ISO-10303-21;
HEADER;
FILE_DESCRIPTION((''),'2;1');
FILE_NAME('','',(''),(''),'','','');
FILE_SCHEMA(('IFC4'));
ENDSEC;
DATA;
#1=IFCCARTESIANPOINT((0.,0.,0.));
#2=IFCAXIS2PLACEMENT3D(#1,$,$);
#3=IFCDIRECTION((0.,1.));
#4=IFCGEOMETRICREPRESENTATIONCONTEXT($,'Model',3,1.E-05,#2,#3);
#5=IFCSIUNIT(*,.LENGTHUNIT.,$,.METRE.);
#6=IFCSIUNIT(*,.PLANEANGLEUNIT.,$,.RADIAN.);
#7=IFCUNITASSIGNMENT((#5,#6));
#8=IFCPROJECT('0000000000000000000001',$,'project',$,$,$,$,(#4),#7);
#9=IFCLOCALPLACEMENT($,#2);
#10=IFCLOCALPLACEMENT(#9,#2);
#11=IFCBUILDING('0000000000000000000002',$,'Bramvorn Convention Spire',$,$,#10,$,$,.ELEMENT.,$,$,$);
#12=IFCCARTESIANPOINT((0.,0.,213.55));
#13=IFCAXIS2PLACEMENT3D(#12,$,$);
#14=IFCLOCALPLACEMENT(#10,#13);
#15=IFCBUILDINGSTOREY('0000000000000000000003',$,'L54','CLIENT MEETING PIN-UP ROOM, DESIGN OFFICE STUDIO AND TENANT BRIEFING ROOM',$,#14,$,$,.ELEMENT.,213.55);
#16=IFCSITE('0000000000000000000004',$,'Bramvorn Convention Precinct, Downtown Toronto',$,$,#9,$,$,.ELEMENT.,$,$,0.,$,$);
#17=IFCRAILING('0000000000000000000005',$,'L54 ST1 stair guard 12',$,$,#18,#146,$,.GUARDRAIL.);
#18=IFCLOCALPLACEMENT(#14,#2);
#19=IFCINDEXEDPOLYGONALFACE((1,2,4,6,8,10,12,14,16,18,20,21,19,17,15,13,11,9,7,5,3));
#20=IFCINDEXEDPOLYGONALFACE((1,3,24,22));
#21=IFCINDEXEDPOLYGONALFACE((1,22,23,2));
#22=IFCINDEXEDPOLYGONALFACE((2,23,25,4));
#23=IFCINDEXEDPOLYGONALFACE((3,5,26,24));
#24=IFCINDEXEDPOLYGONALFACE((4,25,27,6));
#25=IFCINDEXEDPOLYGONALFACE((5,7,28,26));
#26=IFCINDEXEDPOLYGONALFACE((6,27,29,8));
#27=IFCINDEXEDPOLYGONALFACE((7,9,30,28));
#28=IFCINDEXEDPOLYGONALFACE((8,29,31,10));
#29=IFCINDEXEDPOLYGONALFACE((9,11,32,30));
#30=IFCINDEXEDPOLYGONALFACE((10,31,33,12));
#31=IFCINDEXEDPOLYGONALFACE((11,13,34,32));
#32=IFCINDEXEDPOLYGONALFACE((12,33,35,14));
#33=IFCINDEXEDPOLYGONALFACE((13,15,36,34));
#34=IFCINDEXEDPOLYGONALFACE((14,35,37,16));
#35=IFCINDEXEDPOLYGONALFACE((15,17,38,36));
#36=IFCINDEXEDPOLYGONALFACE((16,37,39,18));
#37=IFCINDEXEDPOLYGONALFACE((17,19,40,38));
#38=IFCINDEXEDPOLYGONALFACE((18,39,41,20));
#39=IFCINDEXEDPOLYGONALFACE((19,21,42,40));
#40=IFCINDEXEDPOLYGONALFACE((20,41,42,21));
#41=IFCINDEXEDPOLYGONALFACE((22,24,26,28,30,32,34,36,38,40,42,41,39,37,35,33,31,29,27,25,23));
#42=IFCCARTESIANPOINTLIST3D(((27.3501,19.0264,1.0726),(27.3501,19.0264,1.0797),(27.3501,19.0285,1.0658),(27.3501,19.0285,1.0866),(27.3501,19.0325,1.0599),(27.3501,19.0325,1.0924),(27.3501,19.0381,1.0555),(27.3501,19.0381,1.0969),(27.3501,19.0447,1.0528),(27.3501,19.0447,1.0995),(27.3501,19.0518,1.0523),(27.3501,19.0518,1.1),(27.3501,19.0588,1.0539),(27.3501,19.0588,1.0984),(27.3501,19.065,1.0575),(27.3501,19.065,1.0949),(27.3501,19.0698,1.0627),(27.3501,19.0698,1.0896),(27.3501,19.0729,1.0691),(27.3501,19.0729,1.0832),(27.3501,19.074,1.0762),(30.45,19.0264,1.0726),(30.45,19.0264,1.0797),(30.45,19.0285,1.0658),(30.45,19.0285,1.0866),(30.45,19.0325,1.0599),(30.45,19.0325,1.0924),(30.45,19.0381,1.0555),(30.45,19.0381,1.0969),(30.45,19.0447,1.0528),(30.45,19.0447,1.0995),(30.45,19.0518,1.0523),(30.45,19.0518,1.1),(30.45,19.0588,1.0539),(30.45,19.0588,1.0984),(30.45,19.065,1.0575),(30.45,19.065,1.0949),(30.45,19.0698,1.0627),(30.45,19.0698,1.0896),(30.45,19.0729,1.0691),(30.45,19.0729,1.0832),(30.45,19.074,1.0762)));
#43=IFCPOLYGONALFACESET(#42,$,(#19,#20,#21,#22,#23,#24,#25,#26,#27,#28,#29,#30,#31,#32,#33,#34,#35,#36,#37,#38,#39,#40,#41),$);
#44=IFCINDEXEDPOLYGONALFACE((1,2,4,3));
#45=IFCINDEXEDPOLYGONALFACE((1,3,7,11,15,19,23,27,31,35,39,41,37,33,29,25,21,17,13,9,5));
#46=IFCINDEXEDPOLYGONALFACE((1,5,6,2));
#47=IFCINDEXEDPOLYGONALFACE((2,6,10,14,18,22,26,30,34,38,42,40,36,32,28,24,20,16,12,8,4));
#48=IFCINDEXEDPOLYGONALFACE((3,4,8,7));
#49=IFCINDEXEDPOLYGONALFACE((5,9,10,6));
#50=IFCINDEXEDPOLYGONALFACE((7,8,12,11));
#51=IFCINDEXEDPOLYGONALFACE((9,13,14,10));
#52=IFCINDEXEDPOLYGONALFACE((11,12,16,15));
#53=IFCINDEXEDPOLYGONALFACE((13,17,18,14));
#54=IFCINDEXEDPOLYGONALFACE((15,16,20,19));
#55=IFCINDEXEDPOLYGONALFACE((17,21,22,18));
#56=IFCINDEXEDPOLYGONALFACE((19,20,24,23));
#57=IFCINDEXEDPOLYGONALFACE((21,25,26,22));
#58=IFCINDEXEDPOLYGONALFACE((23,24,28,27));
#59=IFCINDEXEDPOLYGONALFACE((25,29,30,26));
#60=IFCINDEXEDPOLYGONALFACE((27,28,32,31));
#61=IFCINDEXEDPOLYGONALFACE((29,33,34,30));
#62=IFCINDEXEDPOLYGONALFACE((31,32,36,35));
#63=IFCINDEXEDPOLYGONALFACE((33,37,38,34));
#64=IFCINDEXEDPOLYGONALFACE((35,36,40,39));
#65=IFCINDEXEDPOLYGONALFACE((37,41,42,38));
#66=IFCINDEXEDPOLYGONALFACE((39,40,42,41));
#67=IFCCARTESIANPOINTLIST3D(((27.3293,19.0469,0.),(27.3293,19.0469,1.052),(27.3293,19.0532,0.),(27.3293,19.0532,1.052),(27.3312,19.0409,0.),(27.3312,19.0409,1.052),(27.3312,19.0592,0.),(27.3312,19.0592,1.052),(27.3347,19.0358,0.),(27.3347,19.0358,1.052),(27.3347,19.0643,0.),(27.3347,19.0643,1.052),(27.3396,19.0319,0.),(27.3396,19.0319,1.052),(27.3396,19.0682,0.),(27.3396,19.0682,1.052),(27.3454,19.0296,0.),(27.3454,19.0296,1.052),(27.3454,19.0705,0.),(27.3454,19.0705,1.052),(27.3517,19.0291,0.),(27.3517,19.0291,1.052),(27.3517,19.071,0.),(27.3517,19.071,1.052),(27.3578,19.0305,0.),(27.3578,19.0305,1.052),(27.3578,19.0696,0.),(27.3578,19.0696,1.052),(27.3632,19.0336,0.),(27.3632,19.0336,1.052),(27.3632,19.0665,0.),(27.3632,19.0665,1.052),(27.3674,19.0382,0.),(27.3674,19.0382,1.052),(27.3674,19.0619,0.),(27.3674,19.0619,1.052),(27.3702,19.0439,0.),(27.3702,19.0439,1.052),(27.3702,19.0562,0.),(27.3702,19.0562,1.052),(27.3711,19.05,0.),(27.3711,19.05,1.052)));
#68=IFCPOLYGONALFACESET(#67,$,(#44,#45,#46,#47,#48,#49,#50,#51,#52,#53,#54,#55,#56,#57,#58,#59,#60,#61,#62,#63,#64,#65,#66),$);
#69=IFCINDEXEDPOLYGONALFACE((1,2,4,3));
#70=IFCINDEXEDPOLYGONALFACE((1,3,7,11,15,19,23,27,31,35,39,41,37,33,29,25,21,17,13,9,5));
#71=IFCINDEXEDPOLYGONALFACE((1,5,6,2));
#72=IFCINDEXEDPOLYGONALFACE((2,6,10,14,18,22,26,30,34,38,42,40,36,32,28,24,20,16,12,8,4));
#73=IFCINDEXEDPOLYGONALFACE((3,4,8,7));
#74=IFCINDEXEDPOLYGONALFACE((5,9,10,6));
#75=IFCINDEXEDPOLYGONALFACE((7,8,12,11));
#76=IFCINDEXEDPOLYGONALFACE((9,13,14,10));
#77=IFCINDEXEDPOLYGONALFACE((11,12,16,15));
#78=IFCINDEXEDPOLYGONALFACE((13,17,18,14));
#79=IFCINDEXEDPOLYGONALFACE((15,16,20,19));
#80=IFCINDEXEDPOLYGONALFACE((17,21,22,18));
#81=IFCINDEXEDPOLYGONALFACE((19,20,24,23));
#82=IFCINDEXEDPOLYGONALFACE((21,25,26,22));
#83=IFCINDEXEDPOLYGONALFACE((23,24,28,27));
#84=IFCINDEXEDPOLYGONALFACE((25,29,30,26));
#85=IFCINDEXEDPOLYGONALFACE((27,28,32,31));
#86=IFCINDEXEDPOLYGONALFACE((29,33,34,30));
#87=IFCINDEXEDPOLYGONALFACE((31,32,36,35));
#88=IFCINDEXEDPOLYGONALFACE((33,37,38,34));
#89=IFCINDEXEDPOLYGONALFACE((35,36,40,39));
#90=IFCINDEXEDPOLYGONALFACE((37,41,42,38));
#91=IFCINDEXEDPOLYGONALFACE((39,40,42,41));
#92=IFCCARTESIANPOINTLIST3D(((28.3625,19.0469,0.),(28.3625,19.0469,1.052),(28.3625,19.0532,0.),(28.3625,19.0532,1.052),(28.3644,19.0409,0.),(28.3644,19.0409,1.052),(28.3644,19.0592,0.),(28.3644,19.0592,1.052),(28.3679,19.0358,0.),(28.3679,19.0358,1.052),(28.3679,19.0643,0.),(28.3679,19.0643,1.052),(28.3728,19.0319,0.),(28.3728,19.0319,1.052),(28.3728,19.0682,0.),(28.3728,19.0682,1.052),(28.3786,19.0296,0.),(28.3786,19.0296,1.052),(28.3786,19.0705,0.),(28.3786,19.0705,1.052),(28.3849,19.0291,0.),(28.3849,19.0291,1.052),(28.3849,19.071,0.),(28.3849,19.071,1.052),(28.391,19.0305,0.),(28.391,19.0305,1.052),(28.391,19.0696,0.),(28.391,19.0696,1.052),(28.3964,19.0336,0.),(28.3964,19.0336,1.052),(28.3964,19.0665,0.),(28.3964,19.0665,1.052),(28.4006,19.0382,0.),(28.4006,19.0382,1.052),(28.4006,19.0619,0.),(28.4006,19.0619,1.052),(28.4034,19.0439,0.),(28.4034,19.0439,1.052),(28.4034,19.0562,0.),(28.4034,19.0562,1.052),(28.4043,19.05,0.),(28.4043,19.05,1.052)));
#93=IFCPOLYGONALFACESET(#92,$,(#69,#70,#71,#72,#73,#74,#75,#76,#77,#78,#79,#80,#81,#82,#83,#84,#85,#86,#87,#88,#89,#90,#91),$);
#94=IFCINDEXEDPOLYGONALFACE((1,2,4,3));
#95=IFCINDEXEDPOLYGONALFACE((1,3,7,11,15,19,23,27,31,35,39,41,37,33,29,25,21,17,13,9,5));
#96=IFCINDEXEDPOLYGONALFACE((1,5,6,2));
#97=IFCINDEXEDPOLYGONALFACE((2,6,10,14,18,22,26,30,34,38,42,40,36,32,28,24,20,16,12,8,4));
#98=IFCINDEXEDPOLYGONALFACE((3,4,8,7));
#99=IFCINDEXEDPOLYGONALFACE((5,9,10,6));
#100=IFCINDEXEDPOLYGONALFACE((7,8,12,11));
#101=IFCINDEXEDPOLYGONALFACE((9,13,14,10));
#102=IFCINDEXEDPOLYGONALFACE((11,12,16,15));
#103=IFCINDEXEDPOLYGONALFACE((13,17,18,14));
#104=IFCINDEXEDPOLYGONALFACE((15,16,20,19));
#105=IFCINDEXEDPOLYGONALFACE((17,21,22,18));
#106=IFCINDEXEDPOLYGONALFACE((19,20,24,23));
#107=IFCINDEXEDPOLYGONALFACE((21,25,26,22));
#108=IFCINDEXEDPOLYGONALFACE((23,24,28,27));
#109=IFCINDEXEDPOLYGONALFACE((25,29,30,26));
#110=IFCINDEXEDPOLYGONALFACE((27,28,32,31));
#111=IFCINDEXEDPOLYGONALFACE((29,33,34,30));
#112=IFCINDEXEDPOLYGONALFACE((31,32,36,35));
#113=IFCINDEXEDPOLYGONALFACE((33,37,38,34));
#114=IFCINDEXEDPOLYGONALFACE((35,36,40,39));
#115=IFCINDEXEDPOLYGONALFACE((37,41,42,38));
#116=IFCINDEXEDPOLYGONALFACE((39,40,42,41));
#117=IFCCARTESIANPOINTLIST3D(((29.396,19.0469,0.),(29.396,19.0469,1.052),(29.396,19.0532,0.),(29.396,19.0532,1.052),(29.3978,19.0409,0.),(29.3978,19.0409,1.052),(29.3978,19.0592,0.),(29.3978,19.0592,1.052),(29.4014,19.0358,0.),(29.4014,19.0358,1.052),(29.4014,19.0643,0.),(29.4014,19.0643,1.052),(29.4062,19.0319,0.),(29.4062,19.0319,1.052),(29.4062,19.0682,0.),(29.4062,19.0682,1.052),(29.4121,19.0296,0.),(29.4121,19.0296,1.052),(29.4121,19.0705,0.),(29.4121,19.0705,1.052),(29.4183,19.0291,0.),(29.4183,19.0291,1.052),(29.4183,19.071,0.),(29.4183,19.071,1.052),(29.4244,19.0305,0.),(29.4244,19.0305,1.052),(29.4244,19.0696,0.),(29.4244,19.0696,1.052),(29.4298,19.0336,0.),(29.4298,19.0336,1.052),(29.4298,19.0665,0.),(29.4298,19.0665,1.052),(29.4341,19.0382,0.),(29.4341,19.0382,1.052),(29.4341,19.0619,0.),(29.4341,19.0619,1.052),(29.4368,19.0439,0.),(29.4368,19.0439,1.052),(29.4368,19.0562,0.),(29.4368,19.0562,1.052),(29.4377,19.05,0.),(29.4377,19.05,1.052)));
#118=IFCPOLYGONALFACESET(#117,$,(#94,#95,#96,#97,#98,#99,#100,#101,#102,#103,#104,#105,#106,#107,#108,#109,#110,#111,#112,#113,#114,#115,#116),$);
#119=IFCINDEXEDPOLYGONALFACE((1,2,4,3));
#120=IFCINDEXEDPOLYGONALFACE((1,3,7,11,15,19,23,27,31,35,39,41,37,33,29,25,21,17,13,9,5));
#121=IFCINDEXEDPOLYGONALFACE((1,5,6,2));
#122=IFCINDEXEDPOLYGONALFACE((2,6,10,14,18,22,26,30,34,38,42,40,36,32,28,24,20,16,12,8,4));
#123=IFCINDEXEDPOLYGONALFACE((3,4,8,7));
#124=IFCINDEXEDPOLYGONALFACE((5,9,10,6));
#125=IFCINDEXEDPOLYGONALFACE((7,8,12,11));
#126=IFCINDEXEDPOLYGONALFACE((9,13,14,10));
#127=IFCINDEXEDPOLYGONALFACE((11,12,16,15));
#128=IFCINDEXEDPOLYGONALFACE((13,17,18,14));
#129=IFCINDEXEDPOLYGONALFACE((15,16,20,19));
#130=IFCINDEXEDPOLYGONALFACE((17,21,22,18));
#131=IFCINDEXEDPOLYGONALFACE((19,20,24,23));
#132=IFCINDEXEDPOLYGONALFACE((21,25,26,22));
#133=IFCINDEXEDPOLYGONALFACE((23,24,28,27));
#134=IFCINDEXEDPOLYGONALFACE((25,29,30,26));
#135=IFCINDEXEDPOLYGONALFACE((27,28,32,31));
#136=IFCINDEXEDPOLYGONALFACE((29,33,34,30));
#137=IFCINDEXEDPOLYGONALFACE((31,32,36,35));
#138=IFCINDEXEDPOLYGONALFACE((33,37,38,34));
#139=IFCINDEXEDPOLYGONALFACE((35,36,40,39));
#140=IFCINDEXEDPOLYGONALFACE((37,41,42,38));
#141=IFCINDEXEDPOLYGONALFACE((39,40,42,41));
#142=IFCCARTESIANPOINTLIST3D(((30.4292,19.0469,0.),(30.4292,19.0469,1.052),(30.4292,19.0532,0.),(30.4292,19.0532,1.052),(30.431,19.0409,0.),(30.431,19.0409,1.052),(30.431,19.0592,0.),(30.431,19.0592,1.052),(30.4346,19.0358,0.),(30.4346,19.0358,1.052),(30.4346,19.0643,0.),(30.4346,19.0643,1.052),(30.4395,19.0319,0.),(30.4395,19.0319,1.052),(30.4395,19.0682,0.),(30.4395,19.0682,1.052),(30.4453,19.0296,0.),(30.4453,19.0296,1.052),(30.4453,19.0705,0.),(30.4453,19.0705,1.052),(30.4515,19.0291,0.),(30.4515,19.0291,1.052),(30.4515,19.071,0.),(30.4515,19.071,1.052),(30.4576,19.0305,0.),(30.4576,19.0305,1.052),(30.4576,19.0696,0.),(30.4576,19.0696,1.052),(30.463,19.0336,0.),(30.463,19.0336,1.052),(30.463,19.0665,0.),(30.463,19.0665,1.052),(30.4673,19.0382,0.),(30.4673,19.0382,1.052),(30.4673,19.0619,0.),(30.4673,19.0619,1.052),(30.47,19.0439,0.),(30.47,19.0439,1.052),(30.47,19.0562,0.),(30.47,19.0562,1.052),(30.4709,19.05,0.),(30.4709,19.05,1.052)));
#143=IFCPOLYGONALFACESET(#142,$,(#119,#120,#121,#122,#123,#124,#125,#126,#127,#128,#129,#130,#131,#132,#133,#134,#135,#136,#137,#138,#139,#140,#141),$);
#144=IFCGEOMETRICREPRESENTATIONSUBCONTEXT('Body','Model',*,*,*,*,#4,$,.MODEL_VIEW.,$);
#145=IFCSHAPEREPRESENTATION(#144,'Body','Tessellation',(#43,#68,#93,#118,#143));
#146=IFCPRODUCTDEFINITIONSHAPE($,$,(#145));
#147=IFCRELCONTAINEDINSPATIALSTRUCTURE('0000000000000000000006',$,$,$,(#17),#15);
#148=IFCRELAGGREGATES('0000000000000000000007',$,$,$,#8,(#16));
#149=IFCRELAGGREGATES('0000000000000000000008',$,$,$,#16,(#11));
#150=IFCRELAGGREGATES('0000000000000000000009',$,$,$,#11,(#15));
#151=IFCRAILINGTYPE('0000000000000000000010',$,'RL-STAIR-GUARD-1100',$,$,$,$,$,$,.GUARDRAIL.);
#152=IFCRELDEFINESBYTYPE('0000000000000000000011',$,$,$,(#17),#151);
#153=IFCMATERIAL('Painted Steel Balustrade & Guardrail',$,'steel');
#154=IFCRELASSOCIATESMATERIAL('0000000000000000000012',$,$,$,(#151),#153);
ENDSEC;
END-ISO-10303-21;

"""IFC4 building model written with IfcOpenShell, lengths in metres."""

from ifc_helpers import new_model, si_unit, direction, frame, origin, origin_2d, place, context, subcontext, project, spatial, circle, extrude, material, type_object, element, save


model = new_model("IFC4")

# Units and contexts
model_context = context("Model", 3, precision=1e-05, world=origin(), true_north=direction((0.0, 1.0)))
body_context = subcontext(model_context, "Body", "Model", "MODEL_VIEW")
ifc_project = project(units=[si_unit("LENGTHUNIT", "METRE"), si_unit("PLANEANGLEUNIT", "RADIAN")], contexts=[model_context])

# Site, building, storey
site_placement = place(None, origin())
site = spatial("IfcSite", under=ifc_project, at=site_placement, Name="Bramvorn Convention Precinct, Downtown Toronto", CompositionType="ELEMENT", RefElevation=0.0)
building_placement = place(site_placement, origin())
building = spatial("IfcBuilding", under=site, at=building_placement, Name="Bramvorn Convention Spire", CompositionType="ELEMENT")
storey_placement = place(building_placement, frame((0.0, 0.0, 213.55)))
storey = spatial("IfcBuildingStorey", under=building, at=storey_placement, Name="L54", Description="CLIENT MEETING PIN-UP ROOM, DESIGN OFFICE STUDIO AND TENANT BRIEFING ROOM", CompositionType="ELEMENT", Elevation=213.55)

# Railing
ifc_material_1 = material(Name="Painted Steel Balustrade & Guardrail", Category="steel")
railing_type_1 = type_object("IfcRailingType", Name="RL-STAIR-GUARD-1100", PredefinedType="GUARDRAIL", material=ifc_material_1)
railing_1_placement = place(storey_placement, frame((27.3501, 19.05, 0.0)))
element("IfcRailing", 1, at=railing_1_placement, inside=storey, type_object=railing_type_1, Name="L54 ST1 stair guard 12", PredefinedType="GUARDRAIL", context=body_context, shape_type="SweptSolid", body=[
    extrude(circle(Radius=0.0239, at=origin_2d()), frame((0.0, 0.0, 1.0762), z_axis=(1.0, 0.0, 0.0), x_axis=(0.0, 1.0, 0.0)), (0.0, 0.0, 1.0), 3.0999),
    extrude(circle(Radius=0.021, at=origin_2d()), origin(), (0.0, 0.0, 1.0), 1.052),
    extrude(circle(Radius=0.021, at=origin_2d()), frame((1.0332, 0.0, 0.0)), (0.0, 0.0, 1.0), 1.052),
    extrude(circle(Radius=0.021, at=origin_2d()), frame((2.0667, 0.0, 0.0)), (0.0, 0.0, 1.0), 1.052),
    extrude(circle(Radius=0.021, at=origin_2d()), frame((3.0999, 0.0, 0.0)), (0.0, 0.0, 1.0), 1.052),
])

save(model, "model.ifc")
